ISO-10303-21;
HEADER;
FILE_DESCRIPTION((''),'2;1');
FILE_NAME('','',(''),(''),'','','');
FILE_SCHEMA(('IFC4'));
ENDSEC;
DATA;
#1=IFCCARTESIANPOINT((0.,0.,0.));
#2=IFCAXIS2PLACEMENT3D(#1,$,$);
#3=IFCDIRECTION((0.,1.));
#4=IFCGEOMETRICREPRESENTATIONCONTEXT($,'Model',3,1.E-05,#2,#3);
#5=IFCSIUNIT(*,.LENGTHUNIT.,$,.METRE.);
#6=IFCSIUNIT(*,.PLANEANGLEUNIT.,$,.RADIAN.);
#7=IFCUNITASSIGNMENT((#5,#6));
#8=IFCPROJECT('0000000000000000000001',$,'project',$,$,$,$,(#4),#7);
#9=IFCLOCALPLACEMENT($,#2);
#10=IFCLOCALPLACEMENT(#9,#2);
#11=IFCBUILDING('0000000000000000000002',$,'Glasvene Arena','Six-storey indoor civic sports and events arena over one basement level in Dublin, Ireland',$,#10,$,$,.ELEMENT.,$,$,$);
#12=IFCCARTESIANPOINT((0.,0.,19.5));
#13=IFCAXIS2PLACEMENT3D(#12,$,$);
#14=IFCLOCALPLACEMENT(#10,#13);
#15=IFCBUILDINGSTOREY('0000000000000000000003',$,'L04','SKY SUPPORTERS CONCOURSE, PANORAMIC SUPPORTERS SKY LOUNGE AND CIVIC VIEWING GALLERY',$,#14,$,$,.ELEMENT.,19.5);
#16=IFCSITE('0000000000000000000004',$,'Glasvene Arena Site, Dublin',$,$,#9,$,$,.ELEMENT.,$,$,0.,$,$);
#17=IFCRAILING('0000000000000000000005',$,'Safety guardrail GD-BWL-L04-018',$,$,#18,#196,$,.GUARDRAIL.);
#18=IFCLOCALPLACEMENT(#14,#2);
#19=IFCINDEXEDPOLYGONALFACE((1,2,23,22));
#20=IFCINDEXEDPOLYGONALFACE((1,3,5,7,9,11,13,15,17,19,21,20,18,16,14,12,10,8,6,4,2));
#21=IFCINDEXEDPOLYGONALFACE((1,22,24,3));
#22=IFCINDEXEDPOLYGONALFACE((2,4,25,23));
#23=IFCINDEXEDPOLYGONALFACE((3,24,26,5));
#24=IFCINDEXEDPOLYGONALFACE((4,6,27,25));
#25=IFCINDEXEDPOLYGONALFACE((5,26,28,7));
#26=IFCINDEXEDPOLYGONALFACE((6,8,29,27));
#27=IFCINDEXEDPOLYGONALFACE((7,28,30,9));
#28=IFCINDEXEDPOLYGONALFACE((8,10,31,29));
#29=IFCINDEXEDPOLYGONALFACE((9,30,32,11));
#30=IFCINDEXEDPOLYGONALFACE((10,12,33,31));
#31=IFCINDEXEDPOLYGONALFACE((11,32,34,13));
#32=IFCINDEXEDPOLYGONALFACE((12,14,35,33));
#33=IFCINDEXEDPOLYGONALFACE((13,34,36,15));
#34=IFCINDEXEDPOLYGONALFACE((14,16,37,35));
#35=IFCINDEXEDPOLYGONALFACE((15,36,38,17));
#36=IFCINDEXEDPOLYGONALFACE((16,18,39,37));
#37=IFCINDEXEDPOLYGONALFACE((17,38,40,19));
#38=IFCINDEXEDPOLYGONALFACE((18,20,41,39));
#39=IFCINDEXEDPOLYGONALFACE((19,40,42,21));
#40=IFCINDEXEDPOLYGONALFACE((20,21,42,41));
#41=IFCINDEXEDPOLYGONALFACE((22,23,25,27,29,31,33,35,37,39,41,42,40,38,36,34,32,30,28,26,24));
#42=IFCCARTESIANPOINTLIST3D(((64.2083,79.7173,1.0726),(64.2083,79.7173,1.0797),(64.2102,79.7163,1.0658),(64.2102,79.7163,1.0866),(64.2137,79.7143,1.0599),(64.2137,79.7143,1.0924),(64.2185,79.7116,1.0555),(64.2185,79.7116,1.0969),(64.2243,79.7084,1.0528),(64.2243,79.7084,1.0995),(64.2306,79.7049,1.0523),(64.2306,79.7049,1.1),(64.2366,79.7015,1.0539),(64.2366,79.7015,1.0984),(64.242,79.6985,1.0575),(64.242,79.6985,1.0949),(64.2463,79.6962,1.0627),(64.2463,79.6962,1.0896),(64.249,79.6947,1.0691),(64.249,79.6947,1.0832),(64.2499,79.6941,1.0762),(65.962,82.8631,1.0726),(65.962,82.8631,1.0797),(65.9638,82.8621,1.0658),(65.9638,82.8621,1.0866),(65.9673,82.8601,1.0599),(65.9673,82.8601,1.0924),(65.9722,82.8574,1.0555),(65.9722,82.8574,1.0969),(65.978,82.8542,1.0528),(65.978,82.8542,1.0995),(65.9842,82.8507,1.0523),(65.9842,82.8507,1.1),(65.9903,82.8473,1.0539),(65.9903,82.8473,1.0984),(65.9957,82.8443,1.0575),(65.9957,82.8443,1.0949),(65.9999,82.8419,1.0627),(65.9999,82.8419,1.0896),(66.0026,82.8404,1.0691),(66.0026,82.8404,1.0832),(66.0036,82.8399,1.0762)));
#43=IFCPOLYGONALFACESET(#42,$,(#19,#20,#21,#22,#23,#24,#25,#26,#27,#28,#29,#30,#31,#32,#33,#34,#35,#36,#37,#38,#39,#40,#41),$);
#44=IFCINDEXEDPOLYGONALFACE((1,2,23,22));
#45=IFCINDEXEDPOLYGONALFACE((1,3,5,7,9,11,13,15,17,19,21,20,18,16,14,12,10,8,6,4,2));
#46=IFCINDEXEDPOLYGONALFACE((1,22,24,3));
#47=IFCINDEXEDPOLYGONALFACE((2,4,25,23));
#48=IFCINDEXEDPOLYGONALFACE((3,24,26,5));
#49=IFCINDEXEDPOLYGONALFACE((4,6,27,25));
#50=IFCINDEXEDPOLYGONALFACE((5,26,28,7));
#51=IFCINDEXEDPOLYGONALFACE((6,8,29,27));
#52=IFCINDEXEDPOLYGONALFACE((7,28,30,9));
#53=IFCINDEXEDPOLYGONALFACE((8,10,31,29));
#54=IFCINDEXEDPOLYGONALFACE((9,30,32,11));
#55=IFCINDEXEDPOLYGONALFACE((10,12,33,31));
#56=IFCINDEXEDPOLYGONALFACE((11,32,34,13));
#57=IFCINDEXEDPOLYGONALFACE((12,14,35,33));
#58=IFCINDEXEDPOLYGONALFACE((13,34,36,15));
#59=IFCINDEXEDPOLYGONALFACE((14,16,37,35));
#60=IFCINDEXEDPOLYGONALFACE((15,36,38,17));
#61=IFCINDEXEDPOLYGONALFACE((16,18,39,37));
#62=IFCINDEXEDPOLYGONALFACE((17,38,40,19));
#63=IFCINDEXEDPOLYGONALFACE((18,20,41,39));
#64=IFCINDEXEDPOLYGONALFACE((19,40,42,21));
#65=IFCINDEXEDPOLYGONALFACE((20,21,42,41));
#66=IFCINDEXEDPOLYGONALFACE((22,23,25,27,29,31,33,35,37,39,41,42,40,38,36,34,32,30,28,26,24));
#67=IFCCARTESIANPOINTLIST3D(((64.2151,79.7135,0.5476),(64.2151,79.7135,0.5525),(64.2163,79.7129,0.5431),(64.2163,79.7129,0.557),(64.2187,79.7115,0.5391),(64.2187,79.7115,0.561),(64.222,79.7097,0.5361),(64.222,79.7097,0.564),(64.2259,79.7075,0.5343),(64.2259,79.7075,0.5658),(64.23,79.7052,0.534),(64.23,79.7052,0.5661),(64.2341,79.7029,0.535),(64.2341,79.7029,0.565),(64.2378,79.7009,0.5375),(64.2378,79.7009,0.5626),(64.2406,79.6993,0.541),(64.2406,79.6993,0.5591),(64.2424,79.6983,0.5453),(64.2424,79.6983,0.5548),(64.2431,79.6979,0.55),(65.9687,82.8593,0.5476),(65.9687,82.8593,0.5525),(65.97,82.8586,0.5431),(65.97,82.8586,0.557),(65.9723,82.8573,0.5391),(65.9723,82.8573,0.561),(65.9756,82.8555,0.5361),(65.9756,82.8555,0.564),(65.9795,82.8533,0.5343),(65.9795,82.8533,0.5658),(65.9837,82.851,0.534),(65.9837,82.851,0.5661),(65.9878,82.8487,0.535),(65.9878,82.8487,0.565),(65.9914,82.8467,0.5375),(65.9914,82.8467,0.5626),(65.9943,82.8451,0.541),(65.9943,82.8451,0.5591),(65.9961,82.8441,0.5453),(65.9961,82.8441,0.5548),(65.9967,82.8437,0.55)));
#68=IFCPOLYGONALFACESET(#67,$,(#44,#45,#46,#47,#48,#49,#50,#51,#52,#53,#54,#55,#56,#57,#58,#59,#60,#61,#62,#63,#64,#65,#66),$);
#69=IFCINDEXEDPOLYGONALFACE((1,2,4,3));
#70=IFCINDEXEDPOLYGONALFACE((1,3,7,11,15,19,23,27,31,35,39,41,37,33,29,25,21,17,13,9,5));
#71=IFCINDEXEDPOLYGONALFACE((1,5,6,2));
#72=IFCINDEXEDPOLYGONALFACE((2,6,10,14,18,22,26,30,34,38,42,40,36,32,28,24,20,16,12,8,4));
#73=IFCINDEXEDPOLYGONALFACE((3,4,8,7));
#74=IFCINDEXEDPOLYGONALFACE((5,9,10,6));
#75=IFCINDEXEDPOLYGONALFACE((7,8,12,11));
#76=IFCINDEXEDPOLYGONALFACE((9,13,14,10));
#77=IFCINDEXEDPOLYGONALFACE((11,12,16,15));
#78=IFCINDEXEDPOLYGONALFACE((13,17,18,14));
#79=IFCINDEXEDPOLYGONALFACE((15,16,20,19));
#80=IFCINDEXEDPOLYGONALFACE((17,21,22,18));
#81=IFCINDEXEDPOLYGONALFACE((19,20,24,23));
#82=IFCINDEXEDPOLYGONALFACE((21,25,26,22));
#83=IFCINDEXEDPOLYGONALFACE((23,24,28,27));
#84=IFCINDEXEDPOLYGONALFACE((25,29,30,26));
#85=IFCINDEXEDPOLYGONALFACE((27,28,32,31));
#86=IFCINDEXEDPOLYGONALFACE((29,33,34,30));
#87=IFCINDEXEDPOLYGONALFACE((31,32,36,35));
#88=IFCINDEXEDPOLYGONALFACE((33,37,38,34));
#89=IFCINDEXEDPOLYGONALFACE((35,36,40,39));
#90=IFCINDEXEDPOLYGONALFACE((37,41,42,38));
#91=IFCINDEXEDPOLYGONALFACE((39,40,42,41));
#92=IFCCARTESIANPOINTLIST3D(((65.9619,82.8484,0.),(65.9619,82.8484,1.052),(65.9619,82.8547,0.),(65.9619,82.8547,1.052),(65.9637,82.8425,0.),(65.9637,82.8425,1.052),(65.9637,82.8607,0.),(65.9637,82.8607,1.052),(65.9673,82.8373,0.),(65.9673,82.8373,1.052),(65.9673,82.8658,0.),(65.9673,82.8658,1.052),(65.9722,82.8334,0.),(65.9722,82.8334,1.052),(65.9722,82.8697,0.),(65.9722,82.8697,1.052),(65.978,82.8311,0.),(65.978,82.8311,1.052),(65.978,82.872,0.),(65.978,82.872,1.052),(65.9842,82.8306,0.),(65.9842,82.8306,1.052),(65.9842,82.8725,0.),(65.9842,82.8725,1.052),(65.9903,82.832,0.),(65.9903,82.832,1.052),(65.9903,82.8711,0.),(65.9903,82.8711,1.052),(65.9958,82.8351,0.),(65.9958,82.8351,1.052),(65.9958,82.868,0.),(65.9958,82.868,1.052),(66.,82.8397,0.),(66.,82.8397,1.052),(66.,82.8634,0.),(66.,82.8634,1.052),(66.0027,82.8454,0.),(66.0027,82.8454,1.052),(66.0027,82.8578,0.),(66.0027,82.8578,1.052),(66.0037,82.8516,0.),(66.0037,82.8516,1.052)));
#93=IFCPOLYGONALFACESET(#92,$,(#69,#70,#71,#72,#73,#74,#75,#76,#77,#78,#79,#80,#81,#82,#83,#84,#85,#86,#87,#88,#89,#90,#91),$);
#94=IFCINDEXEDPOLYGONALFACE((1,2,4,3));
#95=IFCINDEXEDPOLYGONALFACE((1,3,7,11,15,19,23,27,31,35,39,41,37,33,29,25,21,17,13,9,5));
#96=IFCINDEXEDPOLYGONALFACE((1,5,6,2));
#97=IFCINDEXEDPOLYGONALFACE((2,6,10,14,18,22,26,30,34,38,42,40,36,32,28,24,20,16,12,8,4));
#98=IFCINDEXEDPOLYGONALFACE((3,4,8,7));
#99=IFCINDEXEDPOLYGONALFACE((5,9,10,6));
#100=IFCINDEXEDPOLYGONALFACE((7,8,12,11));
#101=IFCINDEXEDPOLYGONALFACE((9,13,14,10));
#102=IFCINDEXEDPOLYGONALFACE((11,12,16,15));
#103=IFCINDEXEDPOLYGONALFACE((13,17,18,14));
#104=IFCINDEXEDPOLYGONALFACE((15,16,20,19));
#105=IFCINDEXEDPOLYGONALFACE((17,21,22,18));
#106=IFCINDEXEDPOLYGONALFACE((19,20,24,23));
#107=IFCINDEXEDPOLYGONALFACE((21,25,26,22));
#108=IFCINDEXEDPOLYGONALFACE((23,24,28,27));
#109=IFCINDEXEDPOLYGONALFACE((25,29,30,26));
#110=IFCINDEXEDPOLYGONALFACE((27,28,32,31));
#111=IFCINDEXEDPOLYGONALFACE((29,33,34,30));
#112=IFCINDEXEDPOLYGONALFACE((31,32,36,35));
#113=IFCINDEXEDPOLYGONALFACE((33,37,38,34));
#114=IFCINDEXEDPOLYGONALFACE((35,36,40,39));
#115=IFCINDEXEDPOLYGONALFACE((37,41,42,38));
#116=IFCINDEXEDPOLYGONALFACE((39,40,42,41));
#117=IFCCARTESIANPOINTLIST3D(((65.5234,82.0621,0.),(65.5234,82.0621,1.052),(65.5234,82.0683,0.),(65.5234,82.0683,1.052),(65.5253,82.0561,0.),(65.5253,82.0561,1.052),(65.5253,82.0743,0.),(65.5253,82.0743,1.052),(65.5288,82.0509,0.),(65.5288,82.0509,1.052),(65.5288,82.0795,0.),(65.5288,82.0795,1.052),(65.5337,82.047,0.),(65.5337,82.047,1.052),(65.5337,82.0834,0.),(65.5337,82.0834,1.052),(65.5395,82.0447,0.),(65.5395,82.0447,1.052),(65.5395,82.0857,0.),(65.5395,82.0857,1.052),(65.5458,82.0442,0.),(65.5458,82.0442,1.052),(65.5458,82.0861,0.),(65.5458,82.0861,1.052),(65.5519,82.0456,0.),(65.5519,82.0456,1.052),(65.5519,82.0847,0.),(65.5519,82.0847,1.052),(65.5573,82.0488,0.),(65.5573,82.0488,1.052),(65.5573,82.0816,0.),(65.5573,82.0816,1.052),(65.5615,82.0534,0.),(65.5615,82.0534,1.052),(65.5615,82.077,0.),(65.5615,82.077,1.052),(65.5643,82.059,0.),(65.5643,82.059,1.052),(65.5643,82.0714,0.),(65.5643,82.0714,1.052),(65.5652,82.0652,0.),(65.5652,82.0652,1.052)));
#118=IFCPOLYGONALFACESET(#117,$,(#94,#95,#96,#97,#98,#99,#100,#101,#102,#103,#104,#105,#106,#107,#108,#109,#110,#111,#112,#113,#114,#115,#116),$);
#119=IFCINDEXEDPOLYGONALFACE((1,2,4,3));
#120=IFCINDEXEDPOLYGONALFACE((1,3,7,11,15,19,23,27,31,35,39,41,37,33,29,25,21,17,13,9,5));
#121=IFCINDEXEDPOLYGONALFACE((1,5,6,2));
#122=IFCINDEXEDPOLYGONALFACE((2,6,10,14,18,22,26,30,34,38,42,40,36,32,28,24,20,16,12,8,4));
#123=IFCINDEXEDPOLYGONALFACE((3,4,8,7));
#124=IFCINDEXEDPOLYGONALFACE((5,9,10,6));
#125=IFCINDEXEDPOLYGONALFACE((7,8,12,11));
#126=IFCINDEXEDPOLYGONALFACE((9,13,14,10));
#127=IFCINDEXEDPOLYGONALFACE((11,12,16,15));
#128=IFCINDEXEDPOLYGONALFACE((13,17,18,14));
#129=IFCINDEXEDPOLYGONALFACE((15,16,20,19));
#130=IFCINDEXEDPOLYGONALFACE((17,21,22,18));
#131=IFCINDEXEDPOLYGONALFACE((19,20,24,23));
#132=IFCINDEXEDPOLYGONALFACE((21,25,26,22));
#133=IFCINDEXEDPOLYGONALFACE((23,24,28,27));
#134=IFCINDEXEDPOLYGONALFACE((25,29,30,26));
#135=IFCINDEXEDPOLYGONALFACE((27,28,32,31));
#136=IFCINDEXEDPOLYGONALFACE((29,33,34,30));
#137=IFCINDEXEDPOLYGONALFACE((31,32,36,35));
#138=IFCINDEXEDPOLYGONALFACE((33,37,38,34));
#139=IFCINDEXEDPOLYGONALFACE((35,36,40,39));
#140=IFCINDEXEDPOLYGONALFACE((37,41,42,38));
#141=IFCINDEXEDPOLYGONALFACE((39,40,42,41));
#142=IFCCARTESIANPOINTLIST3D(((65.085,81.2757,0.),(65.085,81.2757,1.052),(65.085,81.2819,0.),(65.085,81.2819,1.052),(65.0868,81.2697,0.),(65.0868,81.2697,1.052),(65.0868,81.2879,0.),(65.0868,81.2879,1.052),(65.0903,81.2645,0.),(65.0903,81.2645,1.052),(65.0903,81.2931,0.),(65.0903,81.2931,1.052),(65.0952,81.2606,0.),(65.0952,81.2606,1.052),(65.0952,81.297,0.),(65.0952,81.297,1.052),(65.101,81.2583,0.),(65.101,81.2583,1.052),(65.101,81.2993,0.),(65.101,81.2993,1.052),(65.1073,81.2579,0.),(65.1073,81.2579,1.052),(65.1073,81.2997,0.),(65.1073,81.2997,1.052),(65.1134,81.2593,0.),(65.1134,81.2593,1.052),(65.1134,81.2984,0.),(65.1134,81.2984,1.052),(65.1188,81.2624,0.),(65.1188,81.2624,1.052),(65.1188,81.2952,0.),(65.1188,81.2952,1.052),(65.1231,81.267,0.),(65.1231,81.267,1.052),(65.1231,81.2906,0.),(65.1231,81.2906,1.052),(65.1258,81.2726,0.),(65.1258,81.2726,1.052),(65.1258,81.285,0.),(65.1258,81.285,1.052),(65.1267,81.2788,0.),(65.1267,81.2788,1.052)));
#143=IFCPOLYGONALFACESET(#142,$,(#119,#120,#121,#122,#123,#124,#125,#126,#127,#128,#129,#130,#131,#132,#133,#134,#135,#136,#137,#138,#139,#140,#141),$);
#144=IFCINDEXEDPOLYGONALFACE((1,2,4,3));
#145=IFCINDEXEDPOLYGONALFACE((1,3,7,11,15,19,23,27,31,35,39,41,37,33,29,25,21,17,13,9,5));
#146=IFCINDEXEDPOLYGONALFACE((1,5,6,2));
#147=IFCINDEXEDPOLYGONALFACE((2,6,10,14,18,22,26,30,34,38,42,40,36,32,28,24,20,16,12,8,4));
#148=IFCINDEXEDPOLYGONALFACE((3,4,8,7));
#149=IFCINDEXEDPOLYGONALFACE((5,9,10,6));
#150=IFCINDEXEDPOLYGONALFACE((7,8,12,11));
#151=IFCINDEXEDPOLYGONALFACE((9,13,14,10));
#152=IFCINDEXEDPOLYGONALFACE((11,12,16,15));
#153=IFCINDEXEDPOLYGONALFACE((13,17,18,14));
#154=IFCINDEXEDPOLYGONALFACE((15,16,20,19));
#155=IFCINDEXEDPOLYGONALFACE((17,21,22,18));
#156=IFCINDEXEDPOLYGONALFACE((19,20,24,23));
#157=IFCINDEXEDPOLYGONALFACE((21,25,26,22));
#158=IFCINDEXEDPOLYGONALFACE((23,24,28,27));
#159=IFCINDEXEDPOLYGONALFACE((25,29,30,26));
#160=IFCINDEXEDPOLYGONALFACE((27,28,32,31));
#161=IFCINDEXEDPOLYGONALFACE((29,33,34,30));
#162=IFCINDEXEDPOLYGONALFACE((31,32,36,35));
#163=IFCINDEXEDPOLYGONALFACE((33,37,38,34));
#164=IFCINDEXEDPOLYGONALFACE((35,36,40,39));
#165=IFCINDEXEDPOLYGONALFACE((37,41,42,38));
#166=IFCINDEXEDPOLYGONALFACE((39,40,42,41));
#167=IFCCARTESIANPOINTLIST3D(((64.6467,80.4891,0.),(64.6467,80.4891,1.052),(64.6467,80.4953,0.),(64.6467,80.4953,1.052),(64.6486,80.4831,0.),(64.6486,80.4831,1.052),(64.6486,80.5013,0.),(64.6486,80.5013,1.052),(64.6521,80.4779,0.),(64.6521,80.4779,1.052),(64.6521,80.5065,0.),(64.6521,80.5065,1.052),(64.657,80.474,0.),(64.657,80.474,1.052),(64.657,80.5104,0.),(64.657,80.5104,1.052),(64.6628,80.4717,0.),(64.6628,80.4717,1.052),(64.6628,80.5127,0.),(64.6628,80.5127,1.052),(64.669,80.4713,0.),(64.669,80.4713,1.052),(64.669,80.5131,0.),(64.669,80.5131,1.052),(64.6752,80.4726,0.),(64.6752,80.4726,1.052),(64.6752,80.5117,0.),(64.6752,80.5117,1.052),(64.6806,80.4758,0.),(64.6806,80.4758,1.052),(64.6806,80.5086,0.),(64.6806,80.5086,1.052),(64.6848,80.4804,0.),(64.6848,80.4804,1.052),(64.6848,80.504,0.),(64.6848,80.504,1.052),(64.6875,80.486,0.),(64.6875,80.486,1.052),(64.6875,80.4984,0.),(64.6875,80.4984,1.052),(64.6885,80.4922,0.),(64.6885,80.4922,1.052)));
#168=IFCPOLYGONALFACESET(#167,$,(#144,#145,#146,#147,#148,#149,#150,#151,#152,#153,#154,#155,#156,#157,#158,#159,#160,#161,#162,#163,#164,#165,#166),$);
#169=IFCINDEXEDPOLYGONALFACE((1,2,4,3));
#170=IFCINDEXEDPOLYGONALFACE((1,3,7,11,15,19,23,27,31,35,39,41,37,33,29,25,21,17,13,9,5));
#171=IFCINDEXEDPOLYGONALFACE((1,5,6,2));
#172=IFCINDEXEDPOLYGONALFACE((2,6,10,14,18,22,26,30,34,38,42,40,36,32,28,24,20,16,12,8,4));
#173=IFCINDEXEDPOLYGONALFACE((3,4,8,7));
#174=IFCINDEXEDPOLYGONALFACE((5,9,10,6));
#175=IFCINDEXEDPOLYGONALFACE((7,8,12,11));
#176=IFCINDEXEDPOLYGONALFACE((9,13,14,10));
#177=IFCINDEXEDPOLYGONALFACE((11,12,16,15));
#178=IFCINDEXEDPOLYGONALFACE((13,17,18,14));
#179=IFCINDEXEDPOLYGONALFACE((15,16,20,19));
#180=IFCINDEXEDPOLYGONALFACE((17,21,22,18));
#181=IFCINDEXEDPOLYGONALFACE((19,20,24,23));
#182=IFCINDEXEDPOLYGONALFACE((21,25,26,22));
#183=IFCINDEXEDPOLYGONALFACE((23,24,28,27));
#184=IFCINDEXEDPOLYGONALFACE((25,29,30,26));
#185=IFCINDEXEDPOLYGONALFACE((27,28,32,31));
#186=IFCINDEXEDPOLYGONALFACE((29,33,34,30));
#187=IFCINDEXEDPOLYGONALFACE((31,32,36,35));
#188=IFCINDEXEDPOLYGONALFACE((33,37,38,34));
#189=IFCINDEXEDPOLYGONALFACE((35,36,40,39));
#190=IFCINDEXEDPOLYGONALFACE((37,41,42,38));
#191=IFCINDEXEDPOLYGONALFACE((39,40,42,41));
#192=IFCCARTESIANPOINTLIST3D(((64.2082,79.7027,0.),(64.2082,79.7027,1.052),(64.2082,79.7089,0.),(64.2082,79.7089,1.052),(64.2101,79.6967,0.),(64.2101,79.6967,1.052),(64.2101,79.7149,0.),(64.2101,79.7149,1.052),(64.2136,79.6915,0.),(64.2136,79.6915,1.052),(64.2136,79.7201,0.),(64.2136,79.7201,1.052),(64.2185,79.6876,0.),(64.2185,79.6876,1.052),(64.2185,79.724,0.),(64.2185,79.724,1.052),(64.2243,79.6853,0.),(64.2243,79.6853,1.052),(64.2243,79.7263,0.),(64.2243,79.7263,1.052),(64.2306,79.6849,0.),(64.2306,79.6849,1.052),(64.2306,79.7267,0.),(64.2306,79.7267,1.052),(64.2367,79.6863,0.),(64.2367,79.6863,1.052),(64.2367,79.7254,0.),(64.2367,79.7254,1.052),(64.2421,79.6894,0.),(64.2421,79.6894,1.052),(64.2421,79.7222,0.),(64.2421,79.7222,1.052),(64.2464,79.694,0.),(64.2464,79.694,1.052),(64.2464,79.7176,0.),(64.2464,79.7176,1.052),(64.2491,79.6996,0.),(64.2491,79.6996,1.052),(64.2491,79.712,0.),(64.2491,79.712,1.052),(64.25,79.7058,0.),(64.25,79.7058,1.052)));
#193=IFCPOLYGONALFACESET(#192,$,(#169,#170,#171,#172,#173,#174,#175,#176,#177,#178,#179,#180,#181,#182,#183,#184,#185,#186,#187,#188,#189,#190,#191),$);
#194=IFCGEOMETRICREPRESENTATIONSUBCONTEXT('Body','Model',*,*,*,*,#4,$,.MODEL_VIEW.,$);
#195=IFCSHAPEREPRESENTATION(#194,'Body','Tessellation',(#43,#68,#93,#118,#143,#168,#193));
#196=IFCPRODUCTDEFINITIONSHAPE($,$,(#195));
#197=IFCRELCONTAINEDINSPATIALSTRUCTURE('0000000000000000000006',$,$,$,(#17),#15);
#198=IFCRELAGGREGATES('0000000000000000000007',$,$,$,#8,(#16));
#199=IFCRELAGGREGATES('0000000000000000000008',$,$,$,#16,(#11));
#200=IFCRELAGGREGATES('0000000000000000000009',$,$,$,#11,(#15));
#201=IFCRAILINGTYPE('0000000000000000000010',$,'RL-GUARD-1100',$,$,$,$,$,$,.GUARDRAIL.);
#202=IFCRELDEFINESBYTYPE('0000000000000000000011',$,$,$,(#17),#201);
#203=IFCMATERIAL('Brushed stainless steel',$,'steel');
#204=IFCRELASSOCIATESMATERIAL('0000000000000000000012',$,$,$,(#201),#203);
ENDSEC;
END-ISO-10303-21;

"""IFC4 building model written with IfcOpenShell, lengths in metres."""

from ifc_helpers import new_model, si_unit, direction, frame, origin, origin_2d, place, context, subcontext, project, spatial, circle, extrude, material, type_object, element, save


model = new_model("IFC4")

# Units and contexts
model_context = context("Model", 3, precision=1e-05, world=origin(), true_north=direction((0.0, 1.0)))
body_context = subcontext(model_context, "Body", "Model", "MODEL_VIEW")
ifc_project = project(units=[si_unit("LENGTHUNIT", "METRE"), si_unit("PLANEANGLEUNIT", "RADIAN")], contexts=[model_context])

# Site, building, storey
site_placement = place(None, origin())
site = spatial("IfcSite", under=ifc_project, at=site_placement, Name="Glasvene Arena Site, Dublin", CompositionType="ELEMENT", RefElevation=0.0)
building_placement = place(site_placement, origin())
building = spatial("IfcBuilding", under=site, at=building_placement, Name="Glasvene Arena", Description="Six-storey indoor civic sports and events arena over one basement level in Dublin, Ireland", CompositionType="ELEMENT")
storey_placement = place(building_placement, frame((0.0, 0.0, 19.5)))
storey = spatial("IfcBuildingStorey", under=building, at=storey_placement, Name="L04", Description="SKY SUPPORTERS CONCOURSE, PANORAMIC SUPPORTERS SKY LOUNGE AND CIVIC VIEWING GALLERY", CompositionType="ELEMENT", Elevation=19.5)

# Railing
ifc_material_1 = material(Name="Brushed stainless steel", Category="steel")
railing_type = type_object("IfcRailingType", Name="RL-GUARD-1100", PredefinedType="GUARDRAIL", material=ifc_material_1)
railing_1_placement = place(storey_placement, frame((65.9827, 82.8516, 0.0)))
element("IfcRailing", 1, at=railing_1_placement, inside=storey, type_object=railing_type, Name="Safety guardrail GD-BWL-L04-018", PredefinedType="GUARDRAIL", context=body_context, shape_type="SweptSolid", body=[
    extrude(circle(Radius=0.0239, at=origin_2d()), frame((0.0, 0.0, 1.0762), z_axis=(-0.48692, -0.873446, 0.0), x_axis=(0.873446, -0.48692, 0.0)), (0.0, 0.0, 1.0), 3.6016),
    extrude(circle(Radius=0.0161, at=origin_2d()), frame((0.0, 0.0, 0.55), z_axis=(-0.48692, -0.873446, 0.0), x_axis=(0.873446, -0.48692, 0.0)), (0.0, 0.0, 1.0), 3.6016),
    extrude(circle(Radius=0.021, at=origin_2d()), origin(), (0.0, 0.0, 1.0), 1.052),
    extrude(circle(Radius=0.021, at=origin_2d()), frame((-0.4385, -0.7864, 0.0)), (0.0, 0.0, 1.0), 1.052),
    extrude(circle(Radius=0.021, at=origin_2d()), frame((-0.877, -1.5728, 0.0)), (0.0, 0.0, 1.0), 1.052),
    extrude(circle(Radius=0.021, at=origin_2d()), frame((-1.3152, -2.3594, 0.0)), (0.0, 0.0, 1.0), 1.052),
    extrude(circle(Radius=0.021, at=origin_2d()), frame((-1.7537, -3.1458, 0.0)), (0.0, 0.0, 1.0), 1.052),
])

save(model, "model.ifc")
